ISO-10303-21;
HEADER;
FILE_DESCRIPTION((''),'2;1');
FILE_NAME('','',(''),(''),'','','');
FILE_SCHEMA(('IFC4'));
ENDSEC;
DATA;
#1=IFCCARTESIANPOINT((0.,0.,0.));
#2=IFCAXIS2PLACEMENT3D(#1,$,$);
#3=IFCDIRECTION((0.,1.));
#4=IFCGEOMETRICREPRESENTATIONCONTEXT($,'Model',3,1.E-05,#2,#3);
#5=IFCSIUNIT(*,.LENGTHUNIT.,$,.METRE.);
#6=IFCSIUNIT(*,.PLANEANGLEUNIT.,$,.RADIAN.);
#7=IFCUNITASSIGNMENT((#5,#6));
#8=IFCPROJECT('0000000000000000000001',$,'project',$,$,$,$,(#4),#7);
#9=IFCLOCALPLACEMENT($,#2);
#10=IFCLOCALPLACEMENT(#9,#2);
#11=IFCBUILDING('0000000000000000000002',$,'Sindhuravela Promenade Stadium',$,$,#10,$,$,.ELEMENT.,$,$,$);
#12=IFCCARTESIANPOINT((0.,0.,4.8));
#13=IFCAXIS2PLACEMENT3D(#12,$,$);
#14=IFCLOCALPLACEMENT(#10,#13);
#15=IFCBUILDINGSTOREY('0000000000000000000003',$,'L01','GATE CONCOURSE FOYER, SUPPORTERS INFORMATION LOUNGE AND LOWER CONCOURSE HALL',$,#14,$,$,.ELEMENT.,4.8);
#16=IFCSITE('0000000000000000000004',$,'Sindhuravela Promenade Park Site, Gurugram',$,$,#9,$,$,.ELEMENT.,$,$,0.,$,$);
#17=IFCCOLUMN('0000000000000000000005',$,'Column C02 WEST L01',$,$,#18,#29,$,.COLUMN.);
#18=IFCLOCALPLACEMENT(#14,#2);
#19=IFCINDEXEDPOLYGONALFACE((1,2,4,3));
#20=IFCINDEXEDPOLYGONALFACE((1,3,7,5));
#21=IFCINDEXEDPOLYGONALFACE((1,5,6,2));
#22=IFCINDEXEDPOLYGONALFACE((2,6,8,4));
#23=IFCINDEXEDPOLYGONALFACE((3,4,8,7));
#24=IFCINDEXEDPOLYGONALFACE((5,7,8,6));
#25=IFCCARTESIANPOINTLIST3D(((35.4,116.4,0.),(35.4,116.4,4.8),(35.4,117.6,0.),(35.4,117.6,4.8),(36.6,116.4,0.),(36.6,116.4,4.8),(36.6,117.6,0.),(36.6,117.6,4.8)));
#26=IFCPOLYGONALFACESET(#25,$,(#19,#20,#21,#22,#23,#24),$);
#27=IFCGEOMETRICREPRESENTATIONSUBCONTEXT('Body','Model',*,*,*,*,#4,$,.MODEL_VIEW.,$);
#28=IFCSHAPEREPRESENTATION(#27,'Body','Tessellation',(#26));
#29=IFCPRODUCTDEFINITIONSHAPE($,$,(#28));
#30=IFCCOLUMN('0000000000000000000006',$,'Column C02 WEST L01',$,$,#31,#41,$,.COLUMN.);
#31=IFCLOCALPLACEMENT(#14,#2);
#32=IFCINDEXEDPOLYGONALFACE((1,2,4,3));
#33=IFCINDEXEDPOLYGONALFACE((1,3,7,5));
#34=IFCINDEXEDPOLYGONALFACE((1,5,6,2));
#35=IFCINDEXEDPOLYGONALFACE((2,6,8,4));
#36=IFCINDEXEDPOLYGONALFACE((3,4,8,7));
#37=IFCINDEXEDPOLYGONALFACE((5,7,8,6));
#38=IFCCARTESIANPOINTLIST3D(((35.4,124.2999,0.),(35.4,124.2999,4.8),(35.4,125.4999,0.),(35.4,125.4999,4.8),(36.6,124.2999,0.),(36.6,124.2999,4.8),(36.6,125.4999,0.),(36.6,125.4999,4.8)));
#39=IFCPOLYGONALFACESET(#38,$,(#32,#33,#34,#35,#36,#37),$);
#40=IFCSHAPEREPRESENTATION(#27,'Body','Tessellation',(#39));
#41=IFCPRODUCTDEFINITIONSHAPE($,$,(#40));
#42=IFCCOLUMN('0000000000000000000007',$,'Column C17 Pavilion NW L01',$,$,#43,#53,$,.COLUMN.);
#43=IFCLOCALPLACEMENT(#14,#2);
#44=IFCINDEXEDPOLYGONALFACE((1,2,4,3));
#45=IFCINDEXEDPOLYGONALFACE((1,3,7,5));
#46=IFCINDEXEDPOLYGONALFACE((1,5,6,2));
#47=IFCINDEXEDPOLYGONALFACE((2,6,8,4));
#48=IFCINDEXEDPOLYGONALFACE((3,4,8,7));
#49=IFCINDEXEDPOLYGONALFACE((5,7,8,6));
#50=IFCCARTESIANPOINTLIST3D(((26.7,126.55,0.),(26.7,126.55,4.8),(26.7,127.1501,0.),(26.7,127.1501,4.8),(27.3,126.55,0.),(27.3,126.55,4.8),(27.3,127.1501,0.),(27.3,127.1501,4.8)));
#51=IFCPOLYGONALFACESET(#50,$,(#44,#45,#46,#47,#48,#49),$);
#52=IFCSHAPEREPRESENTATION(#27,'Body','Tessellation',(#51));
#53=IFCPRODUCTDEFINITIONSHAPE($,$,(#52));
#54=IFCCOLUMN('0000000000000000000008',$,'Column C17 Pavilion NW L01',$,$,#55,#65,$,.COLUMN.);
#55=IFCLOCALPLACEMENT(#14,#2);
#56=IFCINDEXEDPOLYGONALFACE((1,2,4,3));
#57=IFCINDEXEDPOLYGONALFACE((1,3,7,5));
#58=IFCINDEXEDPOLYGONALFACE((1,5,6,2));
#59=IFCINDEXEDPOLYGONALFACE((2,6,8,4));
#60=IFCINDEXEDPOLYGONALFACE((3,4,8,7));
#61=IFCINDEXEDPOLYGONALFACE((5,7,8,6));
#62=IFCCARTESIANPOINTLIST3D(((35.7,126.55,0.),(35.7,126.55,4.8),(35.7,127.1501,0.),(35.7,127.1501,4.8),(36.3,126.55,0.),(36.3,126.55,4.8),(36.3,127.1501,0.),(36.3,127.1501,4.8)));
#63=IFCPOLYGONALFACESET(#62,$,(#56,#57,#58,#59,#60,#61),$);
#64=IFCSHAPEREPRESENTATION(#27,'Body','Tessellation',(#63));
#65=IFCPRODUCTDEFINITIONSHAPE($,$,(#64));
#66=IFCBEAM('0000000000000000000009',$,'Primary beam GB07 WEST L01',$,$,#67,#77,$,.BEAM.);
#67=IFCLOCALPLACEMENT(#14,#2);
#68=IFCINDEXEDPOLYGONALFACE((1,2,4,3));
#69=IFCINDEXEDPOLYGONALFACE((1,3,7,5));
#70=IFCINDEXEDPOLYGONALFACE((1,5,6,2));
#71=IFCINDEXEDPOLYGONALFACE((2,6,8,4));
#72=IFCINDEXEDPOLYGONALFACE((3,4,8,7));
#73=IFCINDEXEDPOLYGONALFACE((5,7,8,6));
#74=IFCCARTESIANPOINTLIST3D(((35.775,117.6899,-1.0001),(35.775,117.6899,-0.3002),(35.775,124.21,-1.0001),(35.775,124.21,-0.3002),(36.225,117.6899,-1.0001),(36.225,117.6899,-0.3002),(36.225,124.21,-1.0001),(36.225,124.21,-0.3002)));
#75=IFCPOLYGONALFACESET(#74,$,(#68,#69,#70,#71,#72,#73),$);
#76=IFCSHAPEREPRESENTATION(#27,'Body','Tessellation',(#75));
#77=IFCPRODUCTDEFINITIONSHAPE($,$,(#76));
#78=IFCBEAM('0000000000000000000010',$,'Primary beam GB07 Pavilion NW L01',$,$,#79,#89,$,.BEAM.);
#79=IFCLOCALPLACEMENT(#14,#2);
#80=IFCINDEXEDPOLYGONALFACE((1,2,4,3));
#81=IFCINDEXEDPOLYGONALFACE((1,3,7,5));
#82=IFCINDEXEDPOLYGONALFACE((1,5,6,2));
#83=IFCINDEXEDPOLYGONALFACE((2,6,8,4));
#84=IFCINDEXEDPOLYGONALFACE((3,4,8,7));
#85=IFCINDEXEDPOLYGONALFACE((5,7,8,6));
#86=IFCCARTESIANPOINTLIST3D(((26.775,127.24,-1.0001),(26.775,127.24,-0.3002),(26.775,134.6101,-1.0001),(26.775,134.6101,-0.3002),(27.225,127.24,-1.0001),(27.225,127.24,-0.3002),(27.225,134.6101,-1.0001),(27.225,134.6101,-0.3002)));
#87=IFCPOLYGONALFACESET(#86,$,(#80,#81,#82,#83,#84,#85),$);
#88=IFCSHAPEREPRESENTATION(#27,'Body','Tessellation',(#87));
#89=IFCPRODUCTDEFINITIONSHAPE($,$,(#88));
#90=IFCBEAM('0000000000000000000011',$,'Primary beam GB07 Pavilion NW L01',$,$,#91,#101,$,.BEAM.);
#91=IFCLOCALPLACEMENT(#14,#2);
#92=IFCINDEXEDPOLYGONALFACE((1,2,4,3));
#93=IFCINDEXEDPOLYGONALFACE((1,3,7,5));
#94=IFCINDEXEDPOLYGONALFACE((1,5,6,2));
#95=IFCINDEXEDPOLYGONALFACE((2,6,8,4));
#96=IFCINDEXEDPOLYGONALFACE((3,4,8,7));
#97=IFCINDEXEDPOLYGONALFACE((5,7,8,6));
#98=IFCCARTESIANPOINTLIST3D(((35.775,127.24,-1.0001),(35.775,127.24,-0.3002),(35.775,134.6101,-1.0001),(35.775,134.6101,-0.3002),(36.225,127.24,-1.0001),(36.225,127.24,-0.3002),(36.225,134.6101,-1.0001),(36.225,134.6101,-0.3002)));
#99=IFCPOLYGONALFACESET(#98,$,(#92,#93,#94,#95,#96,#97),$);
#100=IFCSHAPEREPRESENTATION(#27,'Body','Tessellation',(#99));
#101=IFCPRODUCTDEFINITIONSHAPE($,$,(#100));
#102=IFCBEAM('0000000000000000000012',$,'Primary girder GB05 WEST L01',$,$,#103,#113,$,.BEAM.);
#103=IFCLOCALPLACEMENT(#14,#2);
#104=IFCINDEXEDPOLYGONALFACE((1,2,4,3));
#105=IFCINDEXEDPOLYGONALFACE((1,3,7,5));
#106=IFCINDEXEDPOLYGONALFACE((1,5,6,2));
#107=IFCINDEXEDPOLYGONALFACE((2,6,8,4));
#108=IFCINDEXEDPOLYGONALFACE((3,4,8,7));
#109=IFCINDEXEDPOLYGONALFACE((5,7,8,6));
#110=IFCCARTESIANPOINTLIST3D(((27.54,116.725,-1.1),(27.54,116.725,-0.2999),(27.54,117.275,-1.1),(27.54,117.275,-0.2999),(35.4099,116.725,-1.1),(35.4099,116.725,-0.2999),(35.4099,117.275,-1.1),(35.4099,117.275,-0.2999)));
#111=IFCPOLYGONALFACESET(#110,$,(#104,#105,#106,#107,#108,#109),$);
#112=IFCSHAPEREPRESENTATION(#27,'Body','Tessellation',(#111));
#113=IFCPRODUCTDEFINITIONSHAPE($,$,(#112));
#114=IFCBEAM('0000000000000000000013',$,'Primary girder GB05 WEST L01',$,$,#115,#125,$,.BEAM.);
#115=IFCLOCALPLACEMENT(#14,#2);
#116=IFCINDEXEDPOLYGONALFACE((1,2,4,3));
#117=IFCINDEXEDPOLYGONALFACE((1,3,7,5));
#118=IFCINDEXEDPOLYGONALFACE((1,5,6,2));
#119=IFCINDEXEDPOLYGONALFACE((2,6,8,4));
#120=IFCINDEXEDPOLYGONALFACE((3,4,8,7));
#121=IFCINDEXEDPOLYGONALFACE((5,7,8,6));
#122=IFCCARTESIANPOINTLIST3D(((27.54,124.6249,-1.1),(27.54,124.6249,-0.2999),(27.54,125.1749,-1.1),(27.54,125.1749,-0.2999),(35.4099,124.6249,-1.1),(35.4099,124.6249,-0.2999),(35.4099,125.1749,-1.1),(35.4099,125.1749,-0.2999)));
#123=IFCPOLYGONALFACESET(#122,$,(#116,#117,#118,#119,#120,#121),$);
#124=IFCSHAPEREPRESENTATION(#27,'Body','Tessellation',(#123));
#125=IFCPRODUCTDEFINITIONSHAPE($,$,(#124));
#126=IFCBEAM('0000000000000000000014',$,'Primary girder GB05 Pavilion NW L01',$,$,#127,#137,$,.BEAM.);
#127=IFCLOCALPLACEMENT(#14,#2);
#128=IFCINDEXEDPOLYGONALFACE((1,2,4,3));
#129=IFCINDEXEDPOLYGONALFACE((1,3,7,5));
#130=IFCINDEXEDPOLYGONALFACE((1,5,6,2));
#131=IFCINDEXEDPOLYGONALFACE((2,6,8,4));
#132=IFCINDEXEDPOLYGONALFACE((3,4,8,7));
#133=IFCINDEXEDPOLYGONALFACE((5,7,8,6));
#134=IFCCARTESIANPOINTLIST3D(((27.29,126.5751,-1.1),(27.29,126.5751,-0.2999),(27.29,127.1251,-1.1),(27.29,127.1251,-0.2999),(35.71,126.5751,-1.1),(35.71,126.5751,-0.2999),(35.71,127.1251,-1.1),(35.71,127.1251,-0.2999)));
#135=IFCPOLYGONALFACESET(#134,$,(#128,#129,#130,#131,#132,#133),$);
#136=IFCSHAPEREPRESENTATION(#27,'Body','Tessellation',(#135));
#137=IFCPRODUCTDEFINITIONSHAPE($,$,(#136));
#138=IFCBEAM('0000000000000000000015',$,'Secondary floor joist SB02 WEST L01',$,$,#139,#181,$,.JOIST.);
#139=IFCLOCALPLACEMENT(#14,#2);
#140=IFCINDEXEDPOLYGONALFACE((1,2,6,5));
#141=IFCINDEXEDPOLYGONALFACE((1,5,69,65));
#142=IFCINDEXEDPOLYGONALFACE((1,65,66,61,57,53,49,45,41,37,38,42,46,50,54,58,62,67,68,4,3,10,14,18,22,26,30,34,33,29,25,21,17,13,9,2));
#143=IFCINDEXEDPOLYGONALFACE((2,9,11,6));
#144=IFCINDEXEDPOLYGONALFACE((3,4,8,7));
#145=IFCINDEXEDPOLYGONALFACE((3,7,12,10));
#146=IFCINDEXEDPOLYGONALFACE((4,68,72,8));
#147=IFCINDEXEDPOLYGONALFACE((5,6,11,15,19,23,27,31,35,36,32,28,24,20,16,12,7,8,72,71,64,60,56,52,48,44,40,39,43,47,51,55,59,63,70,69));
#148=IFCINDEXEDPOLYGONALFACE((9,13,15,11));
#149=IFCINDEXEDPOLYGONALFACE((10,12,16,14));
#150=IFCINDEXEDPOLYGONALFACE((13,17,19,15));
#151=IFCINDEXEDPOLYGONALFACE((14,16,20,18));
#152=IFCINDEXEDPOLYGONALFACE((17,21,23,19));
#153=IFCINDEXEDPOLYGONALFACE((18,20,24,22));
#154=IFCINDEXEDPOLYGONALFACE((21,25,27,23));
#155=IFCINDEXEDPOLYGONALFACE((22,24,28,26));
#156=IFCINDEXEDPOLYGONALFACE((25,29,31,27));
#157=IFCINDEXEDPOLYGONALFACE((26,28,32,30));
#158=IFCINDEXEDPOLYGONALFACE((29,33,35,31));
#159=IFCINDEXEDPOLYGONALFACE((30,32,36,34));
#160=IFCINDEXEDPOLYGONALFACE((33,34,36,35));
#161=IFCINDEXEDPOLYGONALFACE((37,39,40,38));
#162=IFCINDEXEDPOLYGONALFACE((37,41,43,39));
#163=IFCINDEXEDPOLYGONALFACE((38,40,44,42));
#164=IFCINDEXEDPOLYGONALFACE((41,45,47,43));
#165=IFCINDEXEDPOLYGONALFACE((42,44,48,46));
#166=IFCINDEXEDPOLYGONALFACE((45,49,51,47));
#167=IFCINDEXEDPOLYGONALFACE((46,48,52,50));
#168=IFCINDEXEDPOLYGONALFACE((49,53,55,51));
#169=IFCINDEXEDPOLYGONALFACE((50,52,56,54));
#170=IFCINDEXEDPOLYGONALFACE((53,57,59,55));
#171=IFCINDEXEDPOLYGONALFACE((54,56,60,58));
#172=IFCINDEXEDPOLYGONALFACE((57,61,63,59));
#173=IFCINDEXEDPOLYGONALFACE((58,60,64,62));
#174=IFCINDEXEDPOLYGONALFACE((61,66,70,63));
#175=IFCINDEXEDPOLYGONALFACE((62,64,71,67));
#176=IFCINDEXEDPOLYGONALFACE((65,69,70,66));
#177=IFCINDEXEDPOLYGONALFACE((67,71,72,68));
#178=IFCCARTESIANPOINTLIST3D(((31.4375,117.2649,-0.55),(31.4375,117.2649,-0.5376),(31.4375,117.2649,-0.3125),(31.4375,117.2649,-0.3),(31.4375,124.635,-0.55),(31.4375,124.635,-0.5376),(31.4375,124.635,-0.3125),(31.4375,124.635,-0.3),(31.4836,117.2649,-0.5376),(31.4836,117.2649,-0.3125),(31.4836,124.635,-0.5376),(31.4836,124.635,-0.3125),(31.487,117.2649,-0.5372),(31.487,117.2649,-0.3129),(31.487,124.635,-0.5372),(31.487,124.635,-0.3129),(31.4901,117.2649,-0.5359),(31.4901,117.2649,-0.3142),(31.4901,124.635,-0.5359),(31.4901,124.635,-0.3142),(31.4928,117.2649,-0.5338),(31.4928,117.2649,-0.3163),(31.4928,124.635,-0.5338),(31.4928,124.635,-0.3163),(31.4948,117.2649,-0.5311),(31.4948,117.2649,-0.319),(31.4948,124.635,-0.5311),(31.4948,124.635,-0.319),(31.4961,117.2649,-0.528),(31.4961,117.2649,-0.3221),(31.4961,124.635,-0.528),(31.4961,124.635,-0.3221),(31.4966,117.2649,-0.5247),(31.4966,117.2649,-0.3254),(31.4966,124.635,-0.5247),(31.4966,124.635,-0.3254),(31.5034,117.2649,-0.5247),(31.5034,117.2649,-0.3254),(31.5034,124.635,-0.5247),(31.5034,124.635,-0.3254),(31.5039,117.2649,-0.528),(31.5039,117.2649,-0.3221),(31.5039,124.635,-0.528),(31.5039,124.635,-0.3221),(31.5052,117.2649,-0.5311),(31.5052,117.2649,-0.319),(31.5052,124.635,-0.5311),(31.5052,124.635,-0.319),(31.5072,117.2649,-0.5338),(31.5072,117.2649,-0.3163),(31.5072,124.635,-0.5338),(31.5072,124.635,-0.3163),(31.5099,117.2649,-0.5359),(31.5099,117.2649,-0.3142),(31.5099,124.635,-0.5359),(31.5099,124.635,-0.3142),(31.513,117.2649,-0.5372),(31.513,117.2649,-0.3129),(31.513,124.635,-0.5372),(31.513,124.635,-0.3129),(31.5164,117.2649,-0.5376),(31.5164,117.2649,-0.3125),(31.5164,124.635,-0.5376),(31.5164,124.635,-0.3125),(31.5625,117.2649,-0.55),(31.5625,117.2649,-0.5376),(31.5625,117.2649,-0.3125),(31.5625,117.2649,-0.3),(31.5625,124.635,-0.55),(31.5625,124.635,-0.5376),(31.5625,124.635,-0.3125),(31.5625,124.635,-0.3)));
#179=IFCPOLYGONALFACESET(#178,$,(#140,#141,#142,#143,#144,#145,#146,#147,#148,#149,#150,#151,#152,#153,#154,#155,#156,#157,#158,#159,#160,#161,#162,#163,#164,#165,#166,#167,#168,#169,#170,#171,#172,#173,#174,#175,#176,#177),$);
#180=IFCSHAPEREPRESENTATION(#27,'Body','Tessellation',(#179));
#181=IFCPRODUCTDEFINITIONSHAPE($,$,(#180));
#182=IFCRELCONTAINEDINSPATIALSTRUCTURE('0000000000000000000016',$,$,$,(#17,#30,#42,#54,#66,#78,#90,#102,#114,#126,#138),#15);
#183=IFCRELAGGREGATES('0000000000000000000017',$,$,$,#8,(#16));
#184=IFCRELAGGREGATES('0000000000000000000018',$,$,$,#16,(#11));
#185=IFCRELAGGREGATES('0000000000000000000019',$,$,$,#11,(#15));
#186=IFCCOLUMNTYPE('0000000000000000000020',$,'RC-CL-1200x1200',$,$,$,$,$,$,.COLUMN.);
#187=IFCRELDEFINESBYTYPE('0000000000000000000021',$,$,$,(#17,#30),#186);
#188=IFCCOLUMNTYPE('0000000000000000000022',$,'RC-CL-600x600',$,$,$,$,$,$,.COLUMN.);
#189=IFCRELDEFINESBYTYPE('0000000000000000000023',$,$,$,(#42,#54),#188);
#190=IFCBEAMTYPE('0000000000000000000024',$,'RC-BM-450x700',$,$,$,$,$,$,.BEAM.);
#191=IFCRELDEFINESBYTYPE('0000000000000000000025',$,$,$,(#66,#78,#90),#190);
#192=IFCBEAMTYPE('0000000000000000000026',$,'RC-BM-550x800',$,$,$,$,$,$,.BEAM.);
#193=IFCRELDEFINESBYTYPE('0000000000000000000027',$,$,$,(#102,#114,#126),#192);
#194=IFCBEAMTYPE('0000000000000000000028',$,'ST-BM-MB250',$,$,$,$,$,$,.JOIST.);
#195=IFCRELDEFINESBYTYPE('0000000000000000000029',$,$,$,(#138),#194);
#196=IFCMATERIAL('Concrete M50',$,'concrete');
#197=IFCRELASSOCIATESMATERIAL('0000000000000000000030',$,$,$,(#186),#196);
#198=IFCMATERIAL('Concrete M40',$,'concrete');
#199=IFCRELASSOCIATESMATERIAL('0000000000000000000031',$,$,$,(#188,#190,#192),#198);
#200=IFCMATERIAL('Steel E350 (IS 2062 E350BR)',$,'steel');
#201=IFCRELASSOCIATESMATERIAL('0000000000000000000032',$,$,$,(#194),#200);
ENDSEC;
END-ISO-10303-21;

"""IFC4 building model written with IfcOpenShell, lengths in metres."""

from ifc_helpers import new_model, si_unit, direction, frame, origin, origin_2d, place, context, subcontext, project, spatial, rectangle, i_section, extrude, material, material_profile, profile_set, type_object, element, save


model = new_model("IFC4")

# Units and contexts
model_context = context("Model", 3, precision=1e-05, world=origin(), true_north=direction((0.0, 1.0)))
body_context = subcontext(model_context, "Body", "Model", "MODEL_VIEW")
ifc_project = project(units=[si_unit("LENGTHUNIT", "METRE"), si_unit("PLANEANGLEUNIT", "RADIAN")], contexts=[model_context])

# Site, building, storey
site_placement = place(None, origin())
site = spatial("IfcSite", under=ifc_project, at=site_placement, Name="Sindhuravela Promenade Park Site, Gurugram", CompositionType="ELEMENT", RefElevation=0.0)
building_placement = place(site_placement, origin())
building = spatial("IfcBuilding", under=site, at=building_placement, Name="Sindhuravela Promenade Stadium", CompositionType="ELEMENT")
storey_placement = place(building_placement, frame((0.0, 0.0, 4.8)))
storey = spatial("IfcBuildingStorey", under=building, at=storey_placement, Name="L01", Description="GATE CONCOURSE FOYER, SUPPORTERS INFORMATION LOUNGE AND LOWER CONCOURSE HALL", CompositionType="ELEMENT", Elevation=4.8)

# Columns
ifc_material_1 = material(Name="Concrete M50", Category="concrete")
ifc_material_profile_1 = material_profile(ifc_material_1, rectangle(XDim=1.2, YDim=1.2, at=origin_2d()), Name="RC 1200x1200")
ifc_profile_set_1 = profile_set([ifc_material_profile_1], Name="Concrete M50")
column_type_1 = type_object("IfcColumnType", Name="RC-CL-1200x1200", PredefinedType="COLUMN", material=ifc_profile_set_1)
for number, where, z_axis, x_axis, name in (
    (1, (36.0, 117.0, 0.0), (0.0, 0.0, 1.0), (1.0, 0.0, 0.0), "Column C02 WEST L01"),
    (2, (36.0, 124.8999, 0.0), (0.0, 0.0, 1.0), (1.0, 0.0, 0.0), "Column C02 WEST L01"),
):
    element("IfcColumn", number, at=place(storey_placement, frame(where, z_axis=z_axis, x_axis=x_axis)), inside=storey, type_object=column_type_1, Name=name, PredefinedType="COLUMN", context=body_context, shape_type="SweptSolid", body=[
        extrude(rectangle(XDim=1.2, YDim=1.2, at=origin_2d()), origin(), (0.0, 0.0, 1.0), 4.8),
    ])
ifc_material_2 = material(Name="Concrete M40", Category="concrete")
ifc_material_profile_2 = material_profile(ifc_material_2, rectangle(XDim=0.6001, YDim=0.6001, at=origin_2d()), Name="RC 600x600")
ifc_profile_set_2 = profile_set([ifc_material_profile_2], Name="Concrete M40")
column_type_2 = type_object("IfcColumnType", Name="RC-CL-600x600", PredefinedType="COLUMN", material=ifc_profile_set_2)
for number, where, z_axis, x_axis, name in (
    (3, (27.0, 126.8501, 0.0), (0.0, 0.0, 1.0), (1.0, 0.0, 0.0), "Column C17 Pavilion NW L01"),
    (4, (36.0, 126.8501, 0.0), (0.0, 0.0, 1.0), (1.0, 0.0, 0.0), "Column C17 Pavilion NW L01"),
):
    element("IfcColumn", number, at=place(storey_placement, frame(where, z_axis=z_axis, x_axis=x_axis)), inside=storey, type_object=column_type_2, Name=name, PredefinedType="COLUMN", context=body_context, shape_type="SweptSolid", body=[
        extrude(rectangle(XDim=0.6001, YDim=0.6001, at=origin_2d()), origin(), (0.0, 0.0, 1.0), 4.8),
    ])

# Beams
ifc_material_profile_3 = material_profile(ifc_material_2, rectangle(XDim=0.45, YDim=0.7, at=origin_2d()), Name="RC 450x700")
ifc_profile_set_3 = profile_set([ifc_material_profile_3], Name="Concrete M40")
beam_type_1 = type_object("IfcBeamType", Name="RC-BM-450x700", PredefinedType="BEAM", material=ifc_profile_set_3)
beam_1_placement = place(storey_placement, frame((36.0, 117.6899, -0.6501), z_axis=(0.0, 1.0, 0.0), x_axis=(-1.0, 0.0, 0.0)))
element("IfcBeam", 5, at=beam_1_placement, inside=storey, type_object=beam_type_1, Name="Primary beam GB07 WEST L01", PredefinedType="BEAM", context=body_context, shape_type="SweptSolid", body=[
    extrude(rectangle(XDim=0.45, YDim=0.7, at=origin_2d()), origin(), (0.0, 0.0, 1.0), 6.52),
])
for number, where, z_axis, x_axis, name in (
    (6, (27.0, 127.24, -0.6501), (0.0, 1.0, 0.0), (-1.0, 0.0, 0.0), "Primary beam GB07 Pavilion NW L01"),
    (7, (36.0, 127.24, -0.6501), (0.0, 1.0, 0.0), (-1.0, 0.0, 0.0), "Primary beam GB07 Pavilion NW L01"),
):
    element("IfcBeam", number, at=place(storey_placement, frame(where, z_axis=z_axis, x_axis=x_axis)), inside=storey, type_object=beam_type_1, Name=name, PredefinedType="BEAM", context=body_context, shape_type="SweptSolid", body=[
        extrude(rectangle(XDim=0.45, YDim=0.7, at=origin_2d()), origin(), (0.0, 0.0, 1.0), 7.3701),
    ])
ifc_material_profile_4 = material_profile(ifc_material_2, rectangle(XDim=0.55, YDim=0.8, at=origin_2d()), Name="RC 550x800")
ifc_profile_set_4 = profile_set([ifc_material_profile_4], Name="Concrete M40")
beam_type_2 = type_object("IfcBeamType", Name="RC-BM-550x800", PredefinedType="BEAM", material=ifc_profile_set_4)
for number, where, z_axis, x_axis, name in (
    (8, (27.54, 117.0, -0.7), (1.0, 0.0, 0.0), (0.0, 1.0, 0.0), "Primary girder GB05 WEST L01"),
    (9, (27.54, 124.8999, -0.7), (1.0, 0.0, 0.0), (0.0, 1.0, 0.0), "Primary girder GB05 WEST L01"),
):
    element("IfcBeam", number, at=place(storey_placement, frame(where, z_axis=z_axis, x_axis=x_axis)), inside=storey, type_object=beam_type_2, Name=name, PredefinedType="BEAM", context=body_context, shape_type="SweptSolid", body=[
        extrude(rectangle(XDim=0.55, YDim=0.8, at=origin_2d()), origin(), (0.0, 0.0, 1.0), 7.8699),
    ])
beam_2_placement = place(storey_placement, frame((27.29, 126.8501, -0.7), z_axis=(1.0, 0.0, 0.0), x_axis=(0.0, 1.0, 0.0)))
element("IfcBeam", 10, at=beam_2_placement, inside=storey, type_object=beam_type_2, Name="Primary girder GB05 Pavilion NW L01", PredefinedType="BEAM", context=body_context, shape_type="SweptSolid", body=[
    extrude(rectangle(XDim=0.55, YDim=0.8, at=origin_2d()), origin(), (0.0, 0.0, 1.0), 8.4199),
])
ifc_material_3 = material(Name="Steel E350 (IS 2062 E350BR)", Category="steel")
ifc_material_profile_5 = material_profile(ifc_material_3, i_section(OverallWidth=0.125, OverallDepth=0.25, WebThickness=0.0068, FlangeThickness=0.0125, FilletRadius=0.0129, at=origin_2d()), Name="ISMB 250")
ifc_profile_set_5 = profile_set([ifc_material_profile_5], Name="Steel E350 (IS 2062 E350BR)")
beam_type_3 = type_object("IfcBeamType", Name="ST-BM-MB250", PredefinedType="JOIST", material=ifc_profile_set_5)
beam_3_placement = place(storey_placement, frame((31.5, 117.2649, -0.425), z_axis=(0.0, 1.0, 0.0), x_axis=(-1.0, 0.0, 0.0)))
element("IfcBeam", 11, at=beam_3_placement, inside=storey, type_object=beam_type_3, Name="Secondary floor joist SB02 WEST L01", PredefinedType="JOIST", context=body_context, shape_type="SweptSolid", body=[
    extrude(i_section(OverallWidth=0.125, OverallDepth=0.25, WebThickness=0.0068, FlangeThickness=0.0125, FilletRadius=0.0129, at=origin_2d()), origin(), (0.0, 0.0, 1.0), 7.3701),
])

save(model, "model.ifc")
